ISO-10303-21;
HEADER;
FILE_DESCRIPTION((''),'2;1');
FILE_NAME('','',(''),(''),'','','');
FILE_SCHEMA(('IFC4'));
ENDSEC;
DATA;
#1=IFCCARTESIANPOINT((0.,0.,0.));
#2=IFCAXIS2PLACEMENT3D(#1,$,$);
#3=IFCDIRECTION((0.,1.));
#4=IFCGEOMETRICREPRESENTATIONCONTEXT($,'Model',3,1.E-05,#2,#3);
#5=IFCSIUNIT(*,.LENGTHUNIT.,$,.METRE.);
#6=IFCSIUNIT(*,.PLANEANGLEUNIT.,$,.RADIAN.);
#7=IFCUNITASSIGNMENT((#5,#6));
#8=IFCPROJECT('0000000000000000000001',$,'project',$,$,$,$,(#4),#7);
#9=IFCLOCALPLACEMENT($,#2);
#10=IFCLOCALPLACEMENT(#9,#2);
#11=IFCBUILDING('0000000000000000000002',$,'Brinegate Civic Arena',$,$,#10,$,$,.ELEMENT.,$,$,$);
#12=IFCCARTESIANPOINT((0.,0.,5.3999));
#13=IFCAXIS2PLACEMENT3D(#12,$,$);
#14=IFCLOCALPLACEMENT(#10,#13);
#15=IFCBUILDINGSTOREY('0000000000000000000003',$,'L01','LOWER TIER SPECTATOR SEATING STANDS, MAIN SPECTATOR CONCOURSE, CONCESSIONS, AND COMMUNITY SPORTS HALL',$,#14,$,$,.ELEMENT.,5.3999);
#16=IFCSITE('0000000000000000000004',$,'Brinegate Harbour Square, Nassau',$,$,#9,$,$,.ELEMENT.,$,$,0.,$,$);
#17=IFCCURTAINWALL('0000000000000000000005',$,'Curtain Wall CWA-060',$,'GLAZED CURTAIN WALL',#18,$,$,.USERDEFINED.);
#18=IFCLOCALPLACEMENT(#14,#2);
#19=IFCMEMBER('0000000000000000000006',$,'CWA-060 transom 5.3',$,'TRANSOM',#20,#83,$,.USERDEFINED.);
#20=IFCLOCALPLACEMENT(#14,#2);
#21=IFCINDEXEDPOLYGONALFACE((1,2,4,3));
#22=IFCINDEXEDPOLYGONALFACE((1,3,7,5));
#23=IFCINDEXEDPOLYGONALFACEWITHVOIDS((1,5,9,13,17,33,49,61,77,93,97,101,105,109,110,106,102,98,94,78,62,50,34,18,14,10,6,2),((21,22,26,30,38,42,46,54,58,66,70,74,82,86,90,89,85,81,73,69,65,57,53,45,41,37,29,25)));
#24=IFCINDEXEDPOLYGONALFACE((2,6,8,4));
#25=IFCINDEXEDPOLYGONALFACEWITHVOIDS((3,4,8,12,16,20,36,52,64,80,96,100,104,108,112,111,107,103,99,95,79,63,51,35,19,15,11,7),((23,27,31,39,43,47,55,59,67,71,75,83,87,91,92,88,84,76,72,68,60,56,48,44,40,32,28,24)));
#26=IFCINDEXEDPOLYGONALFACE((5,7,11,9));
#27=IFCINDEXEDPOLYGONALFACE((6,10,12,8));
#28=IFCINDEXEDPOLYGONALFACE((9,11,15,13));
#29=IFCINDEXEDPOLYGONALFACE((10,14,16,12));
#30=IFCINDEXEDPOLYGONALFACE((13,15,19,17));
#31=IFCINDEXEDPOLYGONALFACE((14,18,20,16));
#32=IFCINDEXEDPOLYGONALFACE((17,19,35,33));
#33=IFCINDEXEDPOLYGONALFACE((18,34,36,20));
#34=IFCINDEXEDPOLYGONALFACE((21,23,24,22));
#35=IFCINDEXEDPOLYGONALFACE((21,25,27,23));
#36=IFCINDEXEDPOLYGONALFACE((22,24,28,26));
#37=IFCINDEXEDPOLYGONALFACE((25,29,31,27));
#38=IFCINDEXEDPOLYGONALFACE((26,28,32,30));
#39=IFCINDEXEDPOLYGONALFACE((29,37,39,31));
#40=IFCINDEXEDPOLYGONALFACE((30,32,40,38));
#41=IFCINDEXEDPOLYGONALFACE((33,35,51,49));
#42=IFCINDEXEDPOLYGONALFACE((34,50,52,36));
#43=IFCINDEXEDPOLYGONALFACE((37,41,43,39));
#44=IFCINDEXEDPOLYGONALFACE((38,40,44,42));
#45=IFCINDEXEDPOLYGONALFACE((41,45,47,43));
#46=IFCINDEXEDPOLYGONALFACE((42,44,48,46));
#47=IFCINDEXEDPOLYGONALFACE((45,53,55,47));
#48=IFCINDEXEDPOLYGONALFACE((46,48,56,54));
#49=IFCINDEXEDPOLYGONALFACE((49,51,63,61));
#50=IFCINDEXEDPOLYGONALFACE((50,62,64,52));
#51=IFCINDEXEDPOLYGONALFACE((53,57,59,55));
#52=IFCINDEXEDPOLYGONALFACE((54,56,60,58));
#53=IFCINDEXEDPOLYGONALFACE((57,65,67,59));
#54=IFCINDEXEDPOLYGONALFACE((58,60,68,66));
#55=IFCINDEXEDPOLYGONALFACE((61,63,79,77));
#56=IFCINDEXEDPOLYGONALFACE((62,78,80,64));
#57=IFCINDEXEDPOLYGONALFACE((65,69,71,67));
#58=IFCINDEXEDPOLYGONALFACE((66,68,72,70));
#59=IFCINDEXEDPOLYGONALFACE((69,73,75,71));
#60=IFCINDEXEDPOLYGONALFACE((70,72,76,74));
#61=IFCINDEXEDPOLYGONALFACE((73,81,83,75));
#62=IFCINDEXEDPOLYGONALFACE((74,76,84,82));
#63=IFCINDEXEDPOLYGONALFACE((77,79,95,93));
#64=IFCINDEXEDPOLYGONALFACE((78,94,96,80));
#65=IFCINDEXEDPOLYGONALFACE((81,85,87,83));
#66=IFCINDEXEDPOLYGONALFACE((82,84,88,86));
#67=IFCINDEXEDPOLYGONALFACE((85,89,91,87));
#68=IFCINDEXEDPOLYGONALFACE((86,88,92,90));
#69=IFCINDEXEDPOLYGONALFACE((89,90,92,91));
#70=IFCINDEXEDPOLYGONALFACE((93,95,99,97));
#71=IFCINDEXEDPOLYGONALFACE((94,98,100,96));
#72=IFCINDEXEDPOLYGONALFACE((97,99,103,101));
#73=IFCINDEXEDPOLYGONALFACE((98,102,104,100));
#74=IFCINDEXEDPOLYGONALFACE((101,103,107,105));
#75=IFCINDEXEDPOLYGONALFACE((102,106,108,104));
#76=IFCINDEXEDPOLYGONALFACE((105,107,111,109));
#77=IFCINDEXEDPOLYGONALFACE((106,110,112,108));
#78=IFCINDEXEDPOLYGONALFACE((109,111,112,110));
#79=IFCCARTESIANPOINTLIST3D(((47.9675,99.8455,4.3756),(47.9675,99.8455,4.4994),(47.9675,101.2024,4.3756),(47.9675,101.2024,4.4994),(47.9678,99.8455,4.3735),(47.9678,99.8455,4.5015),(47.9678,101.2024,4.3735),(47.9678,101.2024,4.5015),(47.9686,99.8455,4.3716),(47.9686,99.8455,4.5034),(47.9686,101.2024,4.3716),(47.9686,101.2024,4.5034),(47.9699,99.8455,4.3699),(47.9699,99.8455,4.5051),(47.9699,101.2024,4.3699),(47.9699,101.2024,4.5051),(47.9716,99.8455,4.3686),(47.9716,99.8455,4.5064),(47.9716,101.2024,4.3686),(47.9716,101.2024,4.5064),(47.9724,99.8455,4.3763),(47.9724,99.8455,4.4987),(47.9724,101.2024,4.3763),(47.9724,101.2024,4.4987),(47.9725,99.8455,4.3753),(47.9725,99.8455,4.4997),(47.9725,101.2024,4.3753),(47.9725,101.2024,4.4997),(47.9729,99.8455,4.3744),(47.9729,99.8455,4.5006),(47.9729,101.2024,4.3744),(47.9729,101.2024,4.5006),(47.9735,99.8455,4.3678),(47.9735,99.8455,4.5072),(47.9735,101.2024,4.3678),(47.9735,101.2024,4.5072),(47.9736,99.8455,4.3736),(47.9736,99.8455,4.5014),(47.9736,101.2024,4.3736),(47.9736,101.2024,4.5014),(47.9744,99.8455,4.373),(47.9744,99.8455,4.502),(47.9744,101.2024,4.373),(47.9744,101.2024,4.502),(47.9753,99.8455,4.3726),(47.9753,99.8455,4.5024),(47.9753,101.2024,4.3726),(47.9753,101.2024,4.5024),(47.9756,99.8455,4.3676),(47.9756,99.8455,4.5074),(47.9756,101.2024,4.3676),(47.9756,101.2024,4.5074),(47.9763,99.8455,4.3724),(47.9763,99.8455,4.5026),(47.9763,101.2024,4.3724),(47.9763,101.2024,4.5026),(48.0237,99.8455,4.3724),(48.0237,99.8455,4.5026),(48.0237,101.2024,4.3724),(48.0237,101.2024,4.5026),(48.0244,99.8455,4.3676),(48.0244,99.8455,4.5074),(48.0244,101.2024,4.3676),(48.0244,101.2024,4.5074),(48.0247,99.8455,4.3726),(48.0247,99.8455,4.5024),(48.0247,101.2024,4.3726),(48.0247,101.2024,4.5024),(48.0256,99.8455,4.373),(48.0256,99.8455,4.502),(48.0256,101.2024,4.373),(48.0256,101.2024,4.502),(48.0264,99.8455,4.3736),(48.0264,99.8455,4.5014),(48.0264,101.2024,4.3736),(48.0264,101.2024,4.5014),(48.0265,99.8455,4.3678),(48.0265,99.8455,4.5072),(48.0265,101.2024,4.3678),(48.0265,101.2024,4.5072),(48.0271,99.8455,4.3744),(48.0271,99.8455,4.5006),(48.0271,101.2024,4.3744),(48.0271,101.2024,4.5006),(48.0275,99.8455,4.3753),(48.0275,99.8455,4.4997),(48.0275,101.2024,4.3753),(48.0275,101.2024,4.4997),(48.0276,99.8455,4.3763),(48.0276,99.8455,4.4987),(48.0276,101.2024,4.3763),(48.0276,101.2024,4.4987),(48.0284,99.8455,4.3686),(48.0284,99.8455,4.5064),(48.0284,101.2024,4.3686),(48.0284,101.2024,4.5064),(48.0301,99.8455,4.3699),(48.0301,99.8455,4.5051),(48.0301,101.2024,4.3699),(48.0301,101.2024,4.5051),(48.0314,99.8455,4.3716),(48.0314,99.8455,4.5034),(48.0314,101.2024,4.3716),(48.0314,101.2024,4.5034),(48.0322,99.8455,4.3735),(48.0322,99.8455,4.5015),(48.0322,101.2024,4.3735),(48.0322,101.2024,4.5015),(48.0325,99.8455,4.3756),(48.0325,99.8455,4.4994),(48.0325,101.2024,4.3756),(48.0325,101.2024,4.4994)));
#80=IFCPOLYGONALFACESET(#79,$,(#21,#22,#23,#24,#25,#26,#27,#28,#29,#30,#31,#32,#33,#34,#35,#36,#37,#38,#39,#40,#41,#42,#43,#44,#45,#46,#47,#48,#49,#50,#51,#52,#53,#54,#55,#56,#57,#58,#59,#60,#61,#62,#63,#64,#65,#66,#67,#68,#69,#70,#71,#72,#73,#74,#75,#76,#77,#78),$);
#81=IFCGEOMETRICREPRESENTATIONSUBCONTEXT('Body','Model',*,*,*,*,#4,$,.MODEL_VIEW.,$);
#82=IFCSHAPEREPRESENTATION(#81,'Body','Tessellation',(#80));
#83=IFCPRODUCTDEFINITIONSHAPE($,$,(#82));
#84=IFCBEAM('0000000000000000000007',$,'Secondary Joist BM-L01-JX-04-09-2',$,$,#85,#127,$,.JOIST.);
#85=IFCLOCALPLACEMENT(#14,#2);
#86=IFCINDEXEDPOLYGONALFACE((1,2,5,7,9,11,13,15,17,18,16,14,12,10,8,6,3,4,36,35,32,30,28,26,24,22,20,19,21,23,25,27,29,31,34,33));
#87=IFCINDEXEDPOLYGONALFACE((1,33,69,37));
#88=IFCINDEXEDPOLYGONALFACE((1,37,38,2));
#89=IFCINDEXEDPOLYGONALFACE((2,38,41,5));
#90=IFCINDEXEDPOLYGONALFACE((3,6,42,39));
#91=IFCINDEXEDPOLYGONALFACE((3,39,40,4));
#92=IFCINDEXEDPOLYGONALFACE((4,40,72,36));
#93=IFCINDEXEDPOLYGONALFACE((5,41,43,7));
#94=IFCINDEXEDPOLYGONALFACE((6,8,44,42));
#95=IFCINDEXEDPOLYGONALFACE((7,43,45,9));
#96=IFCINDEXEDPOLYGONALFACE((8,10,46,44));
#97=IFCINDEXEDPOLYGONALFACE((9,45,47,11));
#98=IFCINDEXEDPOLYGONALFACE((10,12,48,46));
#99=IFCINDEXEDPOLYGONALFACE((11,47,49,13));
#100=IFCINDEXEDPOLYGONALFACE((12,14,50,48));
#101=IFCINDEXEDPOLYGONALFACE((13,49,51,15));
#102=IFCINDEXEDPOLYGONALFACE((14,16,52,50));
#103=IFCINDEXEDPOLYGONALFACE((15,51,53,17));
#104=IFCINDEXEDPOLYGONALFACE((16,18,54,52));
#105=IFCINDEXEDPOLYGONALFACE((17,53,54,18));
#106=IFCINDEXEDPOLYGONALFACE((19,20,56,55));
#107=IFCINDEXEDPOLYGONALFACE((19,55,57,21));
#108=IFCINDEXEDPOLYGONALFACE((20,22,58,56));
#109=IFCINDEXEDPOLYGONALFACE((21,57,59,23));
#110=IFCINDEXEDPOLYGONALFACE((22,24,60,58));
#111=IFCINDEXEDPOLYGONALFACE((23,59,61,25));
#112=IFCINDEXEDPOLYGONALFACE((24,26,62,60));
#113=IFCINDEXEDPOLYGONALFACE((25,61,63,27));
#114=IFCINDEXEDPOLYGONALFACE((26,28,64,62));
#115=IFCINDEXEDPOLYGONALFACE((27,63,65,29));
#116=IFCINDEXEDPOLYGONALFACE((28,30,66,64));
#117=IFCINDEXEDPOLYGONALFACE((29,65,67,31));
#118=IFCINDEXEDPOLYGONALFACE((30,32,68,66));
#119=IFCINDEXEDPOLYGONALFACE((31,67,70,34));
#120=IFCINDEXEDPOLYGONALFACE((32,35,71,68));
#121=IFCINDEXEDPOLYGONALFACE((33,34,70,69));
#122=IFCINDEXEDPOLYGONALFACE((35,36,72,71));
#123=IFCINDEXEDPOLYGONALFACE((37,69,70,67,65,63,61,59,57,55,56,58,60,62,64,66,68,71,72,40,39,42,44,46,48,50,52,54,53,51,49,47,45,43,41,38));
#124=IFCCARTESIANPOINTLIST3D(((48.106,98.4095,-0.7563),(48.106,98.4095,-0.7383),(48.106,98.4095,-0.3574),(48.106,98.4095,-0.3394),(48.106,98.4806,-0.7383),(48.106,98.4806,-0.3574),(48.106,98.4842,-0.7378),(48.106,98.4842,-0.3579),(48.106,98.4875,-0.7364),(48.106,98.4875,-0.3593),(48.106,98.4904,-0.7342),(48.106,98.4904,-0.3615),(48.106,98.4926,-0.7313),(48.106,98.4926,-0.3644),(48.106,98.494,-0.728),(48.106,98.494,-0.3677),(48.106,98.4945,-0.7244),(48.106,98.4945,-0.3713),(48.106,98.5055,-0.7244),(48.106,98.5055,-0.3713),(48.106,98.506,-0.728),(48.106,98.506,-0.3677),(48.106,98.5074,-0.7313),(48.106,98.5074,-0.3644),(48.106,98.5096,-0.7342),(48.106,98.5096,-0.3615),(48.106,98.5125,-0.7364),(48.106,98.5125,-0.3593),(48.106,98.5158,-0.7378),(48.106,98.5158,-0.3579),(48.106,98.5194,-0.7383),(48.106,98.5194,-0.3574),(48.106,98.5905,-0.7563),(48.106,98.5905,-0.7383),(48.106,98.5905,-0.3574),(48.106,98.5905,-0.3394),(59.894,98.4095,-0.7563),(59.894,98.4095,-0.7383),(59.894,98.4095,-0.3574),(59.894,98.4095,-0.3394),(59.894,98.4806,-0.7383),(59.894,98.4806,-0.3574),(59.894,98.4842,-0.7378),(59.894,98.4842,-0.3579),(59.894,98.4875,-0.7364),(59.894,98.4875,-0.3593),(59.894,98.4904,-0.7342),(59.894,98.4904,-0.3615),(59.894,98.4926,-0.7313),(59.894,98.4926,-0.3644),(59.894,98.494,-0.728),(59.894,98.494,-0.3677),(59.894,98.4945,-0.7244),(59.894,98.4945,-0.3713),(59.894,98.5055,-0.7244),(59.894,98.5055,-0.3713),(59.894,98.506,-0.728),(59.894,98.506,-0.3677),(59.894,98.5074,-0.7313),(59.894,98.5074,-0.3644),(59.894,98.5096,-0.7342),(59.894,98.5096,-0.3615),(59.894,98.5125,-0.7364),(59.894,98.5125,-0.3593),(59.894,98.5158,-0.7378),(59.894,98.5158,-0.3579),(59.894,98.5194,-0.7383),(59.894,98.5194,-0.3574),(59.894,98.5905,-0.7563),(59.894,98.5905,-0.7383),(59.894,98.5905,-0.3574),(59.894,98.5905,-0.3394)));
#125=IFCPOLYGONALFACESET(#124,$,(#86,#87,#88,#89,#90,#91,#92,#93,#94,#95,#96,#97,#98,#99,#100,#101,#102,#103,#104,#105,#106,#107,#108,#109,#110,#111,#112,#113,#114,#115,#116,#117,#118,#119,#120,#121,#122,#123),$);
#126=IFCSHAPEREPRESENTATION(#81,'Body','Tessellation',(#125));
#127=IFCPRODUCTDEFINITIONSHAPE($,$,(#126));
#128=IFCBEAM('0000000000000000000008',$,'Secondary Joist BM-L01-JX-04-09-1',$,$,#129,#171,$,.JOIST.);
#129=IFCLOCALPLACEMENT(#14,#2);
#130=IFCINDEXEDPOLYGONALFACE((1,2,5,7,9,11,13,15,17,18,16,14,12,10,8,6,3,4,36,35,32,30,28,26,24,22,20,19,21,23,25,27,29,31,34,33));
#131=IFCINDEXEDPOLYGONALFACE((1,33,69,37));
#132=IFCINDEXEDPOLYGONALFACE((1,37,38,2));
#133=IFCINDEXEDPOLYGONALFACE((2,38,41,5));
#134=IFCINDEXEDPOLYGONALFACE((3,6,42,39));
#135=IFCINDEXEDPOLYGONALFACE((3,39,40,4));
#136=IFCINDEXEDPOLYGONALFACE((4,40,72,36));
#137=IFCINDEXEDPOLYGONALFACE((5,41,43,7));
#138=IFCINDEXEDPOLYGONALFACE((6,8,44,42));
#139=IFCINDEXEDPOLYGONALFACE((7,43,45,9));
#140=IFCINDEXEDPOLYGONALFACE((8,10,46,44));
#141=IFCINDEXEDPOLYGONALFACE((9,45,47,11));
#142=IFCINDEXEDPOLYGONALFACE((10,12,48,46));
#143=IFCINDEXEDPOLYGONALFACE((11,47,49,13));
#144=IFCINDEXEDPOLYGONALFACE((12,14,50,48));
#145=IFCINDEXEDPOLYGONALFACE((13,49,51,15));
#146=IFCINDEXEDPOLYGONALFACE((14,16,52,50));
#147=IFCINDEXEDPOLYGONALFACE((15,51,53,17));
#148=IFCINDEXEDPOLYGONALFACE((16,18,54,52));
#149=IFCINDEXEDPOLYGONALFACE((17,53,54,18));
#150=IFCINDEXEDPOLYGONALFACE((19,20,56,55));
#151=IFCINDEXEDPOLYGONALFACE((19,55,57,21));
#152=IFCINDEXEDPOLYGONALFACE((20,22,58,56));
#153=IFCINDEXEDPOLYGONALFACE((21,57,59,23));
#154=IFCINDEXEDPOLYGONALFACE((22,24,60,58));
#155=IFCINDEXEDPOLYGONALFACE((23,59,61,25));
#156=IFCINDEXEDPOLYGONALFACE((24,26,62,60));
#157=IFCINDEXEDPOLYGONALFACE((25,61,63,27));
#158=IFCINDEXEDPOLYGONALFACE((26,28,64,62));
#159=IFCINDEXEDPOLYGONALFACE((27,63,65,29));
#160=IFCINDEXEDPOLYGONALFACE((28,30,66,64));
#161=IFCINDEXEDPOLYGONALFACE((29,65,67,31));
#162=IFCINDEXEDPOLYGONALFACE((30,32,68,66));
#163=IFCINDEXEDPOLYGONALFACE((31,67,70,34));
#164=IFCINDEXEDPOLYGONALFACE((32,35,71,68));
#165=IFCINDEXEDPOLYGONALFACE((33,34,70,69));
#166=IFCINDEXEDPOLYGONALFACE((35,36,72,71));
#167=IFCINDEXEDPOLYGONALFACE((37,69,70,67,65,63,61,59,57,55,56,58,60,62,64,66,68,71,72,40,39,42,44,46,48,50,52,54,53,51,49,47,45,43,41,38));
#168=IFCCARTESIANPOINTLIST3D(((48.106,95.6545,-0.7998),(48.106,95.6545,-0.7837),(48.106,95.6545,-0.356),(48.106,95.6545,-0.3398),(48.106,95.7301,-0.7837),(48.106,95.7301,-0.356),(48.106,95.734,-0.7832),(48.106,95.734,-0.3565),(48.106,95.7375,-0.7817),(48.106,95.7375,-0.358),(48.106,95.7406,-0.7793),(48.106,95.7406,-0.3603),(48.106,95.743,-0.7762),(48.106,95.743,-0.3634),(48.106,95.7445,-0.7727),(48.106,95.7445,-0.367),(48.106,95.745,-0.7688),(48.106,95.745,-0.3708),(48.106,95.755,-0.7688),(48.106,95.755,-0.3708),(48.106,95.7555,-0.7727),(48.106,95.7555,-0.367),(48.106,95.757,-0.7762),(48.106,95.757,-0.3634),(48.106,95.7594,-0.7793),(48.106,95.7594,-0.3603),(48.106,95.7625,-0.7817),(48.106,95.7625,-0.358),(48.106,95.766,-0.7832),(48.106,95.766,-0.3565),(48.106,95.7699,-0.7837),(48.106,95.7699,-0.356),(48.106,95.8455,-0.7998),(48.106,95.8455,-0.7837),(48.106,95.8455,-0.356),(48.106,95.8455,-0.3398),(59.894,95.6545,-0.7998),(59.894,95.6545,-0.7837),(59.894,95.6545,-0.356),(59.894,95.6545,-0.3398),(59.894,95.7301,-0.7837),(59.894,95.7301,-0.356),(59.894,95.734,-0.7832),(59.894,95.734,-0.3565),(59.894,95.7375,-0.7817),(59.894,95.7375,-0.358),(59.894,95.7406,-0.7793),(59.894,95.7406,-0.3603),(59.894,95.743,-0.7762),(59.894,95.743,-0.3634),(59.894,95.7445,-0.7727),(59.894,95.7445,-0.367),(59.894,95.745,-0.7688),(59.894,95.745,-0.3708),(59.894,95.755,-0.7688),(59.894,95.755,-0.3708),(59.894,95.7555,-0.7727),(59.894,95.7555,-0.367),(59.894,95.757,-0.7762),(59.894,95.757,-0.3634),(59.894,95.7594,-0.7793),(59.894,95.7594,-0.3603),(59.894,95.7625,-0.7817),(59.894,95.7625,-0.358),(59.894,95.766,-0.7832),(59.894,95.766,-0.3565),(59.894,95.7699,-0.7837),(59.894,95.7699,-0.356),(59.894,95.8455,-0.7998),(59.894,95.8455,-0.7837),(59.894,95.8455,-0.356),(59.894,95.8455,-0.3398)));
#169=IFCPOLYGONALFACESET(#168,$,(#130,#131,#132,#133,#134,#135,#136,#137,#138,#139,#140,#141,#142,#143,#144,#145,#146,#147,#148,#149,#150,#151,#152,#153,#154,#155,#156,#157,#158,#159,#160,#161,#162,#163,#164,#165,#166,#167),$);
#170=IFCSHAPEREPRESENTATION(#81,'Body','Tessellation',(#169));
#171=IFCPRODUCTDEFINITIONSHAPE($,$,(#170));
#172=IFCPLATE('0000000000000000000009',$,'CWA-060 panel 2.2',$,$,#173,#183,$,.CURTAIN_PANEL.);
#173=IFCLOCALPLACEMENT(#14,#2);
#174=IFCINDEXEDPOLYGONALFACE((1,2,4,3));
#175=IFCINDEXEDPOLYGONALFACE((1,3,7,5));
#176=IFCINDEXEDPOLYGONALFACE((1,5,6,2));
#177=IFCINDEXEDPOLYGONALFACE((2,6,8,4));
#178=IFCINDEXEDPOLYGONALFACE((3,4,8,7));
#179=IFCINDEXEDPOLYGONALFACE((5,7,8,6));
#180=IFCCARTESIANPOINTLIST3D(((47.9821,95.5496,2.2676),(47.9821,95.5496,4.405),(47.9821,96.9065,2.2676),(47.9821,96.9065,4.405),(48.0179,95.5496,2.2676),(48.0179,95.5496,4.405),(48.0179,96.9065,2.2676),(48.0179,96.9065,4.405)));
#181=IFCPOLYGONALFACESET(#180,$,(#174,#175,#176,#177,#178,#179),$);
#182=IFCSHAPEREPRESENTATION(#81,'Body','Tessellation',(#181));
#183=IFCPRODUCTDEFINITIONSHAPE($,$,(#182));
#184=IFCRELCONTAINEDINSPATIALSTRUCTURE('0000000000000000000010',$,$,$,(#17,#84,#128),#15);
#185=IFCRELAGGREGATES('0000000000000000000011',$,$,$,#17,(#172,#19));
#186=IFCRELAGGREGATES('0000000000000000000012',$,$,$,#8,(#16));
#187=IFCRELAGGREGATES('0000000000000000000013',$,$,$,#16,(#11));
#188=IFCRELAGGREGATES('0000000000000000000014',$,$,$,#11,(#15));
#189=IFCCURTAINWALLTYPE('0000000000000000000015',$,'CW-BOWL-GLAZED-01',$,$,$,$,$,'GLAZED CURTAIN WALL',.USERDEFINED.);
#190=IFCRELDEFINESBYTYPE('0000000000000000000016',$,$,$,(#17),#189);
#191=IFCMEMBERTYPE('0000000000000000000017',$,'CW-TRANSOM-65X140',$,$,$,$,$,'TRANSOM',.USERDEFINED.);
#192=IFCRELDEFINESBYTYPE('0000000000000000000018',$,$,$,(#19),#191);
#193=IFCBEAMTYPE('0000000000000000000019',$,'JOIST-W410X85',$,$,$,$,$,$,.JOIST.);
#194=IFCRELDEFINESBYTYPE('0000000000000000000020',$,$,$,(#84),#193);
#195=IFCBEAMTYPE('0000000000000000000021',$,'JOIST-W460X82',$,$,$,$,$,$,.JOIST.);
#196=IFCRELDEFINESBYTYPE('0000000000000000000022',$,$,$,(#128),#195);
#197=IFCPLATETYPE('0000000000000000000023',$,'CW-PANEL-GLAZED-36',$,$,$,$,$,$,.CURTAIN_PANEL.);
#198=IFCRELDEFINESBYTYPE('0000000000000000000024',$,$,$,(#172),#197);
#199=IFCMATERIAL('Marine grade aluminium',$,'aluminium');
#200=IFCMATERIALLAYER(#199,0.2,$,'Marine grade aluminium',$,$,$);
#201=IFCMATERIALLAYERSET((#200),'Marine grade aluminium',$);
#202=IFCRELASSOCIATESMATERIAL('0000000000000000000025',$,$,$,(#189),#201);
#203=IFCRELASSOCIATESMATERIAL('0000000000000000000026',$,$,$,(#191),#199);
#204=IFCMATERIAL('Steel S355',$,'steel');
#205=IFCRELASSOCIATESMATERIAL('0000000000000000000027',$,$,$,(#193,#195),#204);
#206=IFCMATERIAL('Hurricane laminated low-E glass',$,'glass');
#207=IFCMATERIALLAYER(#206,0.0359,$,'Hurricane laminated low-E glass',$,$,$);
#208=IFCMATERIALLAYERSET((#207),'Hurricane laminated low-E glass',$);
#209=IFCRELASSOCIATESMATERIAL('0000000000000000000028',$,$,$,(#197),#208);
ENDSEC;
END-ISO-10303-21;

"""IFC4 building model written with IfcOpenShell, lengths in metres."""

from ifc_helpers import new_model, si_unit, direction, frame, origin, origin_2d, place, context, subcontext, project, spatial, rectangle, hollow_rectangle, i_section, extrude, material, layer, layer_set, material_profile, profile_set, type_object, element, aggregate, save


model = new_model("IFC4")

# Units and contexts
model_context = context("Model", 3, precision=1e-05, world=origin(), true_north=direction((0.0, 1.0)))
body_context = subcontext(model_context, "Body", "Model", "MODEL_VIEW")
ifc_project = project(units=[si_unit("LENGTHUNIT", "METRE"), si_unit("PLANEANGLEUNIT", "RADIAN")], contexts=[model_context])

# Site, building, storey
site_placement = place(None, origin())
site = spatial("IfcSite", under=ifc_project, at=site_placement, Name="Brinegate Harbour Square, Nassau", CompositionType="ELEMENT", RefElevation=0.0)
building_placement = place(site_placement, origin())
building = spatial("IfcBuilding", under=site, at=building_placement, Name="Brinegate Civic Arena", CompositionType="ELEMENT")
storey_placement = place(building_placement, frame((0.0, 0.0, 5.3999)))
storey = spatial("IfcBuildingStorey", under=building, at=storey_placement, Name="L01", Description="LOWER TIER SPECTATOR SEATING STANDS, MAIN SPECTATOR CONCOURSE, CONCESSIONS, AND COMMUNITY SPORTS HALL", CompositionType="ELEMENT", Elevation=5.3999)

# Curtain wall, member
ifc_material_1 = material(Name="Marine grade aluminium", Category="aluminium")
ifc_layer_1 = layer(ifc_material_1, 0.2, Name="Marine grade aluminium")
ifc_layer_set_1 = layer_set([ifc_layer_1], Name="Marine grade aluminium")
curtain_wall_type = type_object("IfcCurtainWallType", Name="CW-BOWL-GLAZED-01", ElementType="GLAZED CURTAIN WALL", PredefinedType="USERDEFINED", material=ifc_layer_set_1)
curtain_wall_placement = place(storey_placement, origin())
curtain_wall = element("IfcCurtainWall", 1, at=curtain_wall_placement, inside=storey, type_object=curtain_wall_type, Name="Curtain Wall CWA-060", ObjectType="GLAZED CURTAIN WALL", PredefinedType="USERDEFINED")
ifc_material_profile_1 = material_profile(ifc_material_1, hollow_rectangle(XDim=0.0649, YDim=0.1399, WallThickness=0.0049, InnerFilletRadius=0.0039, OuterFilletRadius=0.0081, at=origin_2d()), Name="TRN65X140")
ifc_profile_set_1 = profile_set([ifc_material_profile_1], Name="Marine grade aluminium")
member_type_1 = type_object("IfcMemberType", Name="CW-TRANSOM-65X140", ElementType="TRANSOM", PredefinedType="USERDEFINED", material=ifc_profile_set_1)
member_1_placement = place(storey_placement, frame((48.0, 99.8455, 4.4375), z_axis=(0.0, 1.0, 0.0), x_axis=(-1.0, 0.0, 0.0)))
member_1 = element("IfcMember", 2, at=member_1_placement, type_object=member_type_1, Name="CWA-060 transom 5.3", ObjectType="TRANSOM", PredefinedType="USERDEFINED", context=body_context, shape_type="SweptSolid", body=[
    extrude(hollow_rectangle(XDim=0.0649, YDim=0.1399, WallThickness=0.0049, InnerFilletRadius=0.0039, OuterFilletRadius=0.0081, at=origin_2d()), origin(), (0.0, 0.0, 1.0), 1.3569),
])

# Beams
ifc_material_2 = material(Name="Steel S355", Category="steel")
ifc_material_profile_2 = material_profile(ifc_material_2, i_section(OverallWidth=0.1809, OverallDepth=0.417, WebThickness=0.011, FlangeThickness=0.0181, FilletRadius=0.0139, at=origin_2d()), Name="W410X85")
ifc_profile_set_2 = profile_set([ifc_material_profile_2], Name="Steel S355")
beam_type_1 = type_object("IfcBeamType", Name="JOIST-W410X85", PredefinedType="JOIST", material=ifc_profile_set_2)
beam_1_placement = place(storey_placement, frame((48.106, 98.5, -0.5479), z_axis=(1.0, 0.0, 0.0), x_axis=(0.0, 1.0, 0.0)))
element("IfcBeam", 3, at=beam_1_placement, inside=storey, type_object=beam_type_1, Name="Secondary Joist BM-L01-JX-04-09-2", PredefinedType="JOIST", context=body_context, shape_type="SweptSolid", body=[
    extrude(i_section(OverallWidth=0.1809, OverallDepth=0.417, WebThickness=0.011, FlangeThickness=0.0181, FilletRadius=0.0139, at=origin_2d()), origin(), (0.0, 0.0, 1.0), 11.7881),
])
ifc_material_profile_3 = material_profile(ifc_material_2, i_section(OverallWidth=0.1909, OverallDepth=0.46, WebThickness=0.01, FlangeThickness=0.0161, FilletRadius=0.0149, at=origin_2d()), Name="W460X82")
ifc_profile_set_3 = profile_set([ifc_material_profile_3], Name="Steel S355")
beam_type_2 = type_object("IfcBeamType", Name="JOIST-W460X82", PredefinedType="JOIST", material=ifc_profile_set_3)
beam_2_placement = place(storey_placement, frame((48.106, 95.75, -0.5698), z_axis=(1.0, 0.0, 0.0), x_axis=(0.0, 1.0, 0.0)))
element("IfcBeam", 4, at=beam_2_placement, inside=storey, type_object=beam_type_2, Name="Secondary Joist BM-L01-JX-04-09-1", PredefinedType="JOIST", context=body_context, shape_type="SweptSolid", body=[
    extrude(i_section(OverallWidth=0.1909, OverallDepth=0.46, WebThickness=0.01, FlangeThickness=0.0161, FilletRadius=0.0149, at=origin_2d()), origin(), (0.0, 0.0, 1.0), 11.7881),
])

# Plate
ifc_material_3 = material(Name="Hurricane laminated low-E glass", Category="glass")
ifc_layer_2 = layer(ifc_material_3, 0.0359, Name="Hurricane laminated low-E glass")
ifc_layer_set_2 = layer_set([ifc_layer_2], Name="Hurricane laminated low-E glass")
plate_type = type_object("IfcPlateType", Name="CW-PANEL-GLAZED-36", PredefinedType="CURTAIN_PANEL", material=ifc_layer_set_2)
plate_1_placement = place(storey_placement, frame((48.0, 96.228, 2.2676), z_axis=(0.0, 0.0, 1.0), x_axis=(0.0, 1.0, 0.0)))
plate_1 = element("IfcPlate", 5, at=plate_1_placement, type_object=plate_type, Name="CWA-060 panel 2.2", PredefinedType="CURTAIN_PANEL", context=body_context, shape_type="SweptSolid", body=[
    extrude(rectangle(XDim=1.3569, YDim=0.0359, at=origin_2d()), origin(), (0.0, 0.0, 1.0), 2.1375),
])
aggregate(curtain_wall, [plate_1, member_1])

save(model, "model.ifc")
